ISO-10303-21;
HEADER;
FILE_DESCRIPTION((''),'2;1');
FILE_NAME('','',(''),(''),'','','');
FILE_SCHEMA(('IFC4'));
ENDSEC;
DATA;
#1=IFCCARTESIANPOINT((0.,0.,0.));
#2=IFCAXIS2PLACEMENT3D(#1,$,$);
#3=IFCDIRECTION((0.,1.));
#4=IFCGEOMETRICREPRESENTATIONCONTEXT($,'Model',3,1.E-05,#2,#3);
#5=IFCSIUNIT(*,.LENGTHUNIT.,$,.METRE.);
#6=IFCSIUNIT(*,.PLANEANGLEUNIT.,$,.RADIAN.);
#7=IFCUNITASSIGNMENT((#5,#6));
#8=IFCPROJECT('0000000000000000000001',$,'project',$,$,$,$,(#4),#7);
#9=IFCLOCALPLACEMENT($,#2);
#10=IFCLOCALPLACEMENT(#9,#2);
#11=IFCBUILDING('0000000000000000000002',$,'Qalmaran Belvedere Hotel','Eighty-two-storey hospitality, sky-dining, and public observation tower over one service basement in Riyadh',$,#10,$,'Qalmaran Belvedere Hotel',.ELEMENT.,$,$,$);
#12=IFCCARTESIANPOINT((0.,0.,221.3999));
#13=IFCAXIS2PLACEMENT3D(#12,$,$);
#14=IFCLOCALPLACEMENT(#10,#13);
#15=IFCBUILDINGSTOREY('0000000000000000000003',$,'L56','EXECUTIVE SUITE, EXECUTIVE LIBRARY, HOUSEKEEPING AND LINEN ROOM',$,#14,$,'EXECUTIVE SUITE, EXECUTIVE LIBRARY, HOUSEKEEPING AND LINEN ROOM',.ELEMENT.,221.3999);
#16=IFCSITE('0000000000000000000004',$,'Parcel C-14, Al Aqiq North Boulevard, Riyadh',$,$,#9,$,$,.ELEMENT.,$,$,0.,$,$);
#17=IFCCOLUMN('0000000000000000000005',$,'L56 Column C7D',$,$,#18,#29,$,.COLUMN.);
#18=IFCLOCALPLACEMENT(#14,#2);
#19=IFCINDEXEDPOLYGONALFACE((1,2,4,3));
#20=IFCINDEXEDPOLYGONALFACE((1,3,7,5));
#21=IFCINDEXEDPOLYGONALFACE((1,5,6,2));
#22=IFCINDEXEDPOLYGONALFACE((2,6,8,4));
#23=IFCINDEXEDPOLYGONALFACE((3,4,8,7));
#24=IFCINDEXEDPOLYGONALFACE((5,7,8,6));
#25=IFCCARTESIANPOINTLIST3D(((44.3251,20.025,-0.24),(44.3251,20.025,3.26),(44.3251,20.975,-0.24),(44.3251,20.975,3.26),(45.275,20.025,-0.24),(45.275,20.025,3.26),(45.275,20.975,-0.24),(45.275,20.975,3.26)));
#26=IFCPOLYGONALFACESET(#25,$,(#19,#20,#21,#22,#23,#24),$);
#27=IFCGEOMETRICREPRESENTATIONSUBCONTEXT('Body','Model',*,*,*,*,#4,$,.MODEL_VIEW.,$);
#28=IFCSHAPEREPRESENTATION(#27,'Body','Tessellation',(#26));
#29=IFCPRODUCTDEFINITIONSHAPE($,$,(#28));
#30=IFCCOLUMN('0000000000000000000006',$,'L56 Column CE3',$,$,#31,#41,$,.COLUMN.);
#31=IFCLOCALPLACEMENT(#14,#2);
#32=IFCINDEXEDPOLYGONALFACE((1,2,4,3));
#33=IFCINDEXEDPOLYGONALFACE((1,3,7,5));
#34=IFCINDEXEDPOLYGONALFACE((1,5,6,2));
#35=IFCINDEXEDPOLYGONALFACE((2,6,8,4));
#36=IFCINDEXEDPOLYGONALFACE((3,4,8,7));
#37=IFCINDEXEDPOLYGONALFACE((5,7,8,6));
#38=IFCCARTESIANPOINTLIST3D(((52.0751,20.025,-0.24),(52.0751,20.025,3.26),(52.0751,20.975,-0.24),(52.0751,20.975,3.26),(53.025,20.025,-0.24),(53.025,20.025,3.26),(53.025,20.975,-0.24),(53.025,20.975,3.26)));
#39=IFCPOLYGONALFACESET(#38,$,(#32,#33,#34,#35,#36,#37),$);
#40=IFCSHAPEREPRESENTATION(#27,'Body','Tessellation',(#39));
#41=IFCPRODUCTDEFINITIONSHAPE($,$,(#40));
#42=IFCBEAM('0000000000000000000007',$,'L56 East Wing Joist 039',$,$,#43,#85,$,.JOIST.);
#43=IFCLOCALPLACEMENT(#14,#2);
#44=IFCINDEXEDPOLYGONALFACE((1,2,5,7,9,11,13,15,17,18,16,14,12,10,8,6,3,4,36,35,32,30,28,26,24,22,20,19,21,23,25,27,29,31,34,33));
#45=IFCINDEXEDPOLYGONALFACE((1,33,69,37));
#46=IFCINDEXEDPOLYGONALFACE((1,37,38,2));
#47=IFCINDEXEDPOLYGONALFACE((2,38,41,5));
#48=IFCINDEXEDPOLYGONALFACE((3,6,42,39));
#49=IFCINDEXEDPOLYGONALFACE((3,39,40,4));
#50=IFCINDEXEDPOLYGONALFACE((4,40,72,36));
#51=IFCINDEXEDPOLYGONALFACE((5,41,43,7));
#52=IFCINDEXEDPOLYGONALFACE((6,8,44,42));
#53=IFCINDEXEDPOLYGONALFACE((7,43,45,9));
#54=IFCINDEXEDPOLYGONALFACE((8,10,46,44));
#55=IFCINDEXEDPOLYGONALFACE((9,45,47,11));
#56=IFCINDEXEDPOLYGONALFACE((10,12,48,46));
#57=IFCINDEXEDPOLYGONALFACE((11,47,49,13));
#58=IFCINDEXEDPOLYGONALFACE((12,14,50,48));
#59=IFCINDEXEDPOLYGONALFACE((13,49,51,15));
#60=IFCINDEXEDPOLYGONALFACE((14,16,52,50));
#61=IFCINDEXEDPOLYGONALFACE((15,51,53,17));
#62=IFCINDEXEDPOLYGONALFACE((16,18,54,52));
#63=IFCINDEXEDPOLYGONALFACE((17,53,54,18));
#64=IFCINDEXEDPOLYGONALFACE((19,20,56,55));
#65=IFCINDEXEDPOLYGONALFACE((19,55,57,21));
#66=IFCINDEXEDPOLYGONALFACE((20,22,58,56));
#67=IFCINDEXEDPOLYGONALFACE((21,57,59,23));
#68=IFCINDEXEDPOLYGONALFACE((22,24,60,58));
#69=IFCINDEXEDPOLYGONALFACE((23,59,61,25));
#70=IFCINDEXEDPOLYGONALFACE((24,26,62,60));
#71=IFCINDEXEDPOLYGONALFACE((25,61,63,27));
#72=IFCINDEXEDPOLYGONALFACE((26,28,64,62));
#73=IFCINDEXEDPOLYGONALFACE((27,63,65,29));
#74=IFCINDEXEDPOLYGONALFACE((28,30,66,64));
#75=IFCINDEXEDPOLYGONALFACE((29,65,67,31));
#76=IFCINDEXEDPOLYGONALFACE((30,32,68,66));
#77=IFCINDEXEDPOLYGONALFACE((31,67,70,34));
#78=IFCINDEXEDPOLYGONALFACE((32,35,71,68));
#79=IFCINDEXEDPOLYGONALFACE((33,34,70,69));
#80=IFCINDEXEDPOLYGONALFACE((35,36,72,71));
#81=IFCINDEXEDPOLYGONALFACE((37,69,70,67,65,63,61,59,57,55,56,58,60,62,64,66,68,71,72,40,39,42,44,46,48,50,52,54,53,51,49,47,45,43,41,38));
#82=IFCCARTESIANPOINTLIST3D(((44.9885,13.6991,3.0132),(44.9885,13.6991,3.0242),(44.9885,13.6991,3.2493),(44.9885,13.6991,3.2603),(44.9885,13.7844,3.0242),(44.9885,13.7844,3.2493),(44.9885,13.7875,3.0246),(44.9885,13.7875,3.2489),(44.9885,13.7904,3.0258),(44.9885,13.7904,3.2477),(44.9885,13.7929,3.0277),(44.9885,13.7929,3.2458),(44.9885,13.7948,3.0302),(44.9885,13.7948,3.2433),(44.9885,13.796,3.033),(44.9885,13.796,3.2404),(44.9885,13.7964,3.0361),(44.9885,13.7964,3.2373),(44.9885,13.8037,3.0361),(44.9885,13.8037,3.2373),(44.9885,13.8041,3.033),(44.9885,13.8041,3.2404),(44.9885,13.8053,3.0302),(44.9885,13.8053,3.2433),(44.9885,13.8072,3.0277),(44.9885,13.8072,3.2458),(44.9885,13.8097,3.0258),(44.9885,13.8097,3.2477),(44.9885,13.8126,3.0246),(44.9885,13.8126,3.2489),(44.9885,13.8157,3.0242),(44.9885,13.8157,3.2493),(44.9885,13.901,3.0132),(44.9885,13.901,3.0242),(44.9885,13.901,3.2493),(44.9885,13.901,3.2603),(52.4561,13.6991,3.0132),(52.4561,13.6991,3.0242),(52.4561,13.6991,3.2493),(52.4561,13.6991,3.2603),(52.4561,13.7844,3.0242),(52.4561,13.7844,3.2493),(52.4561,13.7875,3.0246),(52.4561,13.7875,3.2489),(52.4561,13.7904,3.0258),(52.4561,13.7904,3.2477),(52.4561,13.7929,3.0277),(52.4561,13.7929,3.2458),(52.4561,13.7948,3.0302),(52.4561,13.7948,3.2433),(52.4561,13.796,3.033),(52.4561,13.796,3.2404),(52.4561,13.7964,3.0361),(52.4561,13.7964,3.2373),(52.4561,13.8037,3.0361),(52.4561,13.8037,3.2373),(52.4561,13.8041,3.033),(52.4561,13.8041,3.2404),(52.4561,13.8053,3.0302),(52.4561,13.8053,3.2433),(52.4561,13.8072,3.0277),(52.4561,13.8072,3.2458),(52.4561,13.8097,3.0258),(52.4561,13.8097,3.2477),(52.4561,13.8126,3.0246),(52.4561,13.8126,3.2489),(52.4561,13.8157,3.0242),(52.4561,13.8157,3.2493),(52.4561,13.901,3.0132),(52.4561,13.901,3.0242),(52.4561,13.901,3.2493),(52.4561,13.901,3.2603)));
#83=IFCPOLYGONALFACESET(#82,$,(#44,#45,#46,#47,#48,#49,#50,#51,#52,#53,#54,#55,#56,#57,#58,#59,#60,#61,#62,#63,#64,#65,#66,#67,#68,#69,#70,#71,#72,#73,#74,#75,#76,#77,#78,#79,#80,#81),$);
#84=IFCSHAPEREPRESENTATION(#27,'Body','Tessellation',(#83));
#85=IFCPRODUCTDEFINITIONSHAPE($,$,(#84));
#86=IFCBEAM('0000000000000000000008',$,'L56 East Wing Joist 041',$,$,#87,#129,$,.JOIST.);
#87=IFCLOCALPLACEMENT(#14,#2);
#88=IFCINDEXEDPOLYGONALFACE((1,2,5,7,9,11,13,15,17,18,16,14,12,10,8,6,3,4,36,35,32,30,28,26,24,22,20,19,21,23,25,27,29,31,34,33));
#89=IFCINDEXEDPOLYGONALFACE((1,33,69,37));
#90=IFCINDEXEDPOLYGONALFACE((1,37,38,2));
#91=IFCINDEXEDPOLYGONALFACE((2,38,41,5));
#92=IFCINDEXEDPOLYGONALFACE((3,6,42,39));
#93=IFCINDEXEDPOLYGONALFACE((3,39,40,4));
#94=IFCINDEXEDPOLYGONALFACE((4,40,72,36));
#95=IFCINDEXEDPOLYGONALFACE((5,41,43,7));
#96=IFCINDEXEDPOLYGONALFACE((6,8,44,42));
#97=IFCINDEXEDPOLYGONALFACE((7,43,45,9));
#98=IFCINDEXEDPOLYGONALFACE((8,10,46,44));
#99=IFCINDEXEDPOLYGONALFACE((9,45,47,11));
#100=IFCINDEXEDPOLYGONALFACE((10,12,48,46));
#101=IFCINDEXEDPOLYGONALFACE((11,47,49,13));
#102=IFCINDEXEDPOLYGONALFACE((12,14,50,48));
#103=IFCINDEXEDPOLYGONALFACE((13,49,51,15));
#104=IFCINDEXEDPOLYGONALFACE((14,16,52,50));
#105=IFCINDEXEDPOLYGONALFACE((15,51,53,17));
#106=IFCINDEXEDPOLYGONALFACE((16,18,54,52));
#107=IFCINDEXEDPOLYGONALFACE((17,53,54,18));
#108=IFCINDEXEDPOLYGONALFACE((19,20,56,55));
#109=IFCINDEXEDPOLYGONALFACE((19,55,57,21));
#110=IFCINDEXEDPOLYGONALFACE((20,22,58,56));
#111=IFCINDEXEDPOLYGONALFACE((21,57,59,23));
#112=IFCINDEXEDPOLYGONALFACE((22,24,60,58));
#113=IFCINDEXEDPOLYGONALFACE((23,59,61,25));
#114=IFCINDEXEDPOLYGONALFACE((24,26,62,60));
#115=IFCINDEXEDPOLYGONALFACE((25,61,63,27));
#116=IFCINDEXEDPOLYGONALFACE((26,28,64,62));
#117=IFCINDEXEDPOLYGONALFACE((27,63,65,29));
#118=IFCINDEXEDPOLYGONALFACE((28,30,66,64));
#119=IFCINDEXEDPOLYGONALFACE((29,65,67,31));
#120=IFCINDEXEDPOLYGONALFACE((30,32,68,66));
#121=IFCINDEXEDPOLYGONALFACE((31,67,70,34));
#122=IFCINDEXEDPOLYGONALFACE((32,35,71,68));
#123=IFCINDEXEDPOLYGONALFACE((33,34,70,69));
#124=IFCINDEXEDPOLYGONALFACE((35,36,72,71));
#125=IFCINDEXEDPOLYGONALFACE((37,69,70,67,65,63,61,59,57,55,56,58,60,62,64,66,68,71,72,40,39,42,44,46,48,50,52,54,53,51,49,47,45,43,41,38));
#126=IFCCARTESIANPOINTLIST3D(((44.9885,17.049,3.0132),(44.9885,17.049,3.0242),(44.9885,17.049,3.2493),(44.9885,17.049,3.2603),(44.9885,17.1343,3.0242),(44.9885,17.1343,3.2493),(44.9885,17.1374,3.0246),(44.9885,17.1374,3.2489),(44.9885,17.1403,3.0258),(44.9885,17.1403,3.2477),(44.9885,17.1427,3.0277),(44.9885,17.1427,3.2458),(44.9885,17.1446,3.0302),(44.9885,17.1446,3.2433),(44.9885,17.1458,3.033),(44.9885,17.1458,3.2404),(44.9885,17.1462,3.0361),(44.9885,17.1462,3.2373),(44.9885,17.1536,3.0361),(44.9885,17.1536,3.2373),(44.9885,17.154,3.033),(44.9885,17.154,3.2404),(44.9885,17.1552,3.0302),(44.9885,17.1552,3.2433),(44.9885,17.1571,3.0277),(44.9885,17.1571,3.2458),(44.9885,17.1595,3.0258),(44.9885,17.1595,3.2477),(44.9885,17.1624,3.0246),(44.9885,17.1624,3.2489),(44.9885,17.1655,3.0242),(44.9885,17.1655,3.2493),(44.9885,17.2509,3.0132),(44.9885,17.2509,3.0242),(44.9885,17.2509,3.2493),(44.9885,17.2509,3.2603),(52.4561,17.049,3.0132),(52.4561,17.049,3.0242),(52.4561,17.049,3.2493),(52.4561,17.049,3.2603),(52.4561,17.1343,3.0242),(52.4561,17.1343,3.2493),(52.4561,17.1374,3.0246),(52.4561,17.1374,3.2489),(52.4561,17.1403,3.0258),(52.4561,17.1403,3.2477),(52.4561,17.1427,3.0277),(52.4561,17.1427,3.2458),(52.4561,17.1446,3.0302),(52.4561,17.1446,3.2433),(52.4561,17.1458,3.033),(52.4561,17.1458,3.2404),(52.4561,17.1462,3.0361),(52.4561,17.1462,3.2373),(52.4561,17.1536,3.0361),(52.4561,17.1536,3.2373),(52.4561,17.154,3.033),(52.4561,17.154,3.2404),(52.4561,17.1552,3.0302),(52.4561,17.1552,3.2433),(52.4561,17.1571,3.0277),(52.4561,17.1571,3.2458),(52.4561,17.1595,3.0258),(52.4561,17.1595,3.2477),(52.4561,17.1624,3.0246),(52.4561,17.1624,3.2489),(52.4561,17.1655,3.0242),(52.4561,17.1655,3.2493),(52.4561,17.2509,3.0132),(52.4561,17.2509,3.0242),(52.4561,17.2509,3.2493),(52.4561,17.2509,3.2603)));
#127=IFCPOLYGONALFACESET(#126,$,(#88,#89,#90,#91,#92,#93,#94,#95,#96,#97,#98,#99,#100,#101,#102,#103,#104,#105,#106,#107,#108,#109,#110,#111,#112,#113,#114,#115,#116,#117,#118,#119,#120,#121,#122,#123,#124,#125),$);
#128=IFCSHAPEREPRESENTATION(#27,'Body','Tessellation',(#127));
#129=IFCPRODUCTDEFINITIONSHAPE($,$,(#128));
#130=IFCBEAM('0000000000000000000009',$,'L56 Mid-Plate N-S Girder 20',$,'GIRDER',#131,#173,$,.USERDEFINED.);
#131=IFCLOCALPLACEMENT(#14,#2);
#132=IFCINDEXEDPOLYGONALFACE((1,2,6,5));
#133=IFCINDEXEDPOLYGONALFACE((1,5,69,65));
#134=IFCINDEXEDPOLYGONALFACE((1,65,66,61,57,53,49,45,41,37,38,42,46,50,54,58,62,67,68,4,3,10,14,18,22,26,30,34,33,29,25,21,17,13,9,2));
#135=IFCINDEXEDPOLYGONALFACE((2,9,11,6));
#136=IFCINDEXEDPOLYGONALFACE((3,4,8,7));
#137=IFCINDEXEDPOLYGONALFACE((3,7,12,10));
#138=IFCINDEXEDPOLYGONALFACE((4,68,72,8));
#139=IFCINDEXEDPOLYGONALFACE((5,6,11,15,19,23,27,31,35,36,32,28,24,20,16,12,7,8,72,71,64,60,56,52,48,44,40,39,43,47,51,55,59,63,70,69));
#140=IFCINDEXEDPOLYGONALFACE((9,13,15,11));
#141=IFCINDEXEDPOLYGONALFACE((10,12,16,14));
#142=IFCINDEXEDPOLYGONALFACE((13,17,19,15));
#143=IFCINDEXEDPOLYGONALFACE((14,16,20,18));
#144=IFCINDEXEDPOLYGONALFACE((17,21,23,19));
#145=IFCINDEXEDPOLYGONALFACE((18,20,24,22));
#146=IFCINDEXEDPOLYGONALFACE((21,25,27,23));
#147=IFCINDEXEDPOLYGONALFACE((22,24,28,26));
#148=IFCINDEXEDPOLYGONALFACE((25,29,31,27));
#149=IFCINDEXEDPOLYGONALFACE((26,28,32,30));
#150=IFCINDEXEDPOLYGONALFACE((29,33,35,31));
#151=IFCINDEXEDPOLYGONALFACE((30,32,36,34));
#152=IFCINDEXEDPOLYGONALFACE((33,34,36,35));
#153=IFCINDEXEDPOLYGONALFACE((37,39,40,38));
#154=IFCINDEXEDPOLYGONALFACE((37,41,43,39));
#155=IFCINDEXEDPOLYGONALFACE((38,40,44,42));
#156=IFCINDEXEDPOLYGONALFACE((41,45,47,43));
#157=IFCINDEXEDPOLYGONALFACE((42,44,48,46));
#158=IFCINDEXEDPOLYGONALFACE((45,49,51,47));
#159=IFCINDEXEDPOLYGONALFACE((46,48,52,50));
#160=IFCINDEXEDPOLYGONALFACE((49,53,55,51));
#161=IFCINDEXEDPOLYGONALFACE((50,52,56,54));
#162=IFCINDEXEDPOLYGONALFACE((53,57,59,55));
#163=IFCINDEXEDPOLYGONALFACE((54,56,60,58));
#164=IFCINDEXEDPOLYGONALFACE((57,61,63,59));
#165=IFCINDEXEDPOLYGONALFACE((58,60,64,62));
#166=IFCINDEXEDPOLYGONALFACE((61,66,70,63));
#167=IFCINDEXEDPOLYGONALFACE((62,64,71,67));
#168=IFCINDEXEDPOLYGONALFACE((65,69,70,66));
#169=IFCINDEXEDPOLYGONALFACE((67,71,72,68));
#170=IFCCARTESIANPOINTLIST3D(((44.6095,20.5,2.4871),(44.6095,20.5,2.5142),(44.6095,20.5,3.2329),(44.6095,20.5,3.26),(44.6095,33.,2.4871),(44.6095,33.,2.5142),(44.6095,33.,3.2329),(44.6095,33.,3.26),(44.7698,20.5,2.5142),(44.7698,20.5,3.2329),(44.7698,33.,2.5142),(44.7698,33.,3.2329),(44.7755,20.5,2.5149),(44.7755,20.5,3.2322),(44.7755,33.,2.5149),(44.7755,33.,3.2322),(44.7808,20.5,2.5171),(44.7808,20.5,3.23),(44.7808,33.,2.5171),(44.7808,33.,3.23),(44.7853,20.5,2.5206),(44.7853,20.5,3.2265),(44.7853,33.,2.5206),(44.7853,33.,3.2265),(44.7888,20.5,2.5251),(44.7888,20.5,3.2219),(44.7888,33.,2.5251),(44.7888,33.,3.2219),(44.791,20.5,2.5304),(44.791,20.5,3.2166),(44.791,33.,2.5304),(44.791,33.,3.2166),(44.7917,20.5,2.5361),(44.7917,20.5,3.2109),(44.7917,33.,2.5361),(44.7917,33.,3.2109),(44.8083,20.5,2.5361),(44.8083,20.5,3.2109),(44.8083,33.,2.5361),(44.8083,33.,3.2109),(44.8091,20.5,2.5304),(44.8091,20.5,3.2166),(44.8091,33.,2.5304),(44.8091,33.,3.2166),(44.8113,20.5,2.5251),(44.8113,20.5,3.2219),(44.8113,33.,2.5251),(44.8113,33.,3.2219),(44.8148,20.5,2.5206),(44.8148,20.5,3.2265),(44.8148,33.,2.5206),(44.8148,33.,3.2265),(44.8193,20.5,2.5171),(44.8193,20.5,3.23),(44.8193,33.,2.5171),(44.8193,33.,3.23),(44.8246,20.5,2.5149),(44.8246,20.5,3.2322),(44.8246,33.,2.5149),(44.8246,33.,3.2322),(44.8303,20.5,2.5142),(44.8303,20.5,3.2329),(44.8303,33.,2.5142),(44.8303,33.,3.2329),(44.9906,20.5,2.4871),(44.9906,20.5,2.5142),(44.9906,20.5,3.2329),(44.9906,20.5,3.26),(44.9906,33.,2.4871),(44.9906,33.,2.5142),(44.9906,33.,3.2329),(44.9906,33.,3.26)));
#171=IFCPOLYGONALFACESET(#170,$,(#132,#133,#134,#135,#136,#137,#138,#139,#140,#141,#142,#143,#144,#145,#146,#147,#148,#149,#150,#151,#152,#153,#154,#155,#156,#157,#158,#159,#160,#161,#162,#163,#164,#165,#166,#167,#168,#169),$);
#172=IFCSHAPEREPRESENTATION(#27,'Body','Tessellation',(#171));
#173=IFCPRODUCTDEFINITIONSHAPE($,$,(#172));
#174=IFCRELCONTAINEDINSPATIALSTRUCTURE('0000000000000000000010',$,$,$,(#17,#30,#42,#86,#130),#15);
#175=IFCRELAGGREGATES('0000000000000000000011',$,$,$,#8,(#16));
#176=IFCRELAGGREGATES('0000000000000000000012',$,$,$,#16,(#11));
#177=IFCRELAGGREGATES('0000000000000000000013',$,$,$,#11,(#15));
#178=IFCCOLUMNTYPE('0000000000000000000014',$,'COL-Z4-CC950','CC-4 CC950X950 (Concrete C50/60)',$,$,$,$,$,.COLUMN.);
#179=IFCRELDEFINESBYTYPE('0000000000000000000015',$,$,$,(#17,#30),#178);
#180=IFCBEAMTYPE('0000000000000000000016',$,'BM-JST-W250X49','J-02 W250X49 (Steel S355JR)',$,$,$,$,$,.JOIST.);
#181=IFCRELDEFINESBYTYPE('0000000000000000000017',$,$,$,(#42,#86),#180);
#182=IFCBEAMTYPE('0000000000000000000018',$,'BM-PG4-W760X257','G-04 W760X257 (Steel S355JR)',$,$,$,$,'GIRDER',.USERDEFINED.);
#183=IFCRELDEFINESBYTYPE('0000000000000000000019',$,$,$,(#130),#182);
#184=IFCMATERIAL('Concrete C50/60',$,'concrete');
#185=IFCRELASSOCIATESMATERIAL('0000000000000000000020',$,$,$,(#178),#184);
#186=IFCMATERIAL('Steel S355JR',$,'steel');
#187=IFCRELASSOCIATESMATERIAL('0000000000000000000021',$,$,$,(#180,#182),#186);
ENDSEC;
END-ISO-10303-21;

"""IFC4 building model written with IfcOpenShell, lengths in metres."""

from ifc_helpers import new_model, si_unit, direction, frame, origin, origin_2d, place, context, subcontext, project, spatial, rectangle, i_section, extrude, material, material_profile, profile_set, type_object, element, save


model = new_model("IFC4")

# Units and contexts
model_context = context("Model", 3, precision=1e-05, world=origin(), true_north=direction((0.0, 1.0)))
body_context = subcontext(model_context, "Body", "Model", "MODEL_VIEW")
ifc_project = project(units=[si_unit("LENGTHUNIT", "METRE"), si_unit("PLANEANGLEUNIT", "RADIAN")], contexts=[model_context])

# Site, building, storey
site_placement = place(None, origin())
site = spatial("IfcSite", under=ifc_project, at=site_placement, Name="Parcel C-14, Al Aqiq North Boulevard, Riyadh", CompositionType="ELEMENT", RefElevation=0.0)
building_placement = place(site_placement, origin())
building = spatial("IfcBuilding", under=site, at=building_placement, Name="Qalmaran Belvedere Hotel", Description="Eighty-two-storey hospitality, sky-dining, and public observation tower over one service basement in Riyadh", LongName="Qalmaran Belvedere Hotel", CompositionType="ELEMENT")
storey_placement = place(building_placement, frame((0.0, 0.0, 221.3999)))
storey = spatial("IfcBuildingStorey", under=building, at=storey_placement, Name="L56", Description="EXECUTIVE SUITE, EXECUTIVE LIBRARY, HOUSEKEEPING AND LINEN ROOM", LongName="EXECUTIVE SUITE, EXECUTIVE LIBRARY, HOUSEKEEPING AND LINEN ROOM", CompositionType="ELEMENT", Elevation=221.3999)

# Columns
ifc_material_1 = material(Name="Concrete C50/60", Category="concrete")
ifc_material_profile_1 = material_profile(ifc_material_1, rectangle(XDim=0.95, YDim=0.95, at=origin_2d()), Name="CC950X950")
ifc_profile_set_1 = profile_set([ifc_material_profile_1], Name="Concrete C50/60")
column_type = type_object("IfcColumnType", Name="COL-Z4-CC950", Description="CC-4 CC950X950 (Concrete C50/60)", PredefinedType="COLUMN", material=ifc_profile_set_1)
for number, where, z_axis, x_axis, name in (
    (1, (44.8, 20.5, -0.24), (0.0, 0.0, 1.0), (1.0, 0.0, 0.0), "L56 Column C7D"),
    (2, (52.55, 20.5, -0.24), (0.0, 0.0, 1.0), (1.0, 0.0, 0.0), "L56 Column CE3"),
):
    element("IfcColumn", number, at=place(storey_placement, frame(where, z_axis=z_axis, x_axis=x_axis)), inside=storey, type_object=column_type, Name=name, PredefinedType="COLUMN", context=body_context, shape_type="SweptSolid", body=[
        extrude(rectangle(XDim=0.95, YDim=0.95, at=origin_2d()), origin(), (0.0, 0.0, 1.0), 3.5),
    ])

# Beams
ifc_material_2 = material(Name="Steel S355JR", Category="steel")
ifc_material_profile_2 = material_profile(ifc_material_2, i_section(OverallWidth=0.2019, OverallDepth=0.2471, WebThickness=0.0073, FlangeThickness=0.011, FilletRadius=0.012, at=origin_2d()), Name="W250X49")
ifc_profile_set_2 = profile_set([ifc_material_profile_2], Name="Steel S355JR")
beam_type_1 = type_object("IfcBeamType", Name="BM-JST-W250X49", Description="J-02 W250X49 (Steel S355JR)", PredefinedType="JOIST", material=ifc_profile_set_2)
for number, where, z_axis, x_axis, name in (
    (3, (44.9885, 13.8, 3.1367), (1.0, 0.0, 0.0), (0.0, 1.0, 0.0), "L56 East Wing Joist 039"),
    (4, (44.9885, 17.1499, 3.1367), (1.0, 0.0, 0.0), (0.0, 1.0, 0.0), "L56 East Wing Joist 041"),
):
    element("IfcBeam", number, at=place(storey_placement, frame(where, z_axis=z_axis, x_axis=x_axis)), inside=storey, type_object=beam_type_1, Name=name, PredefinedType="JOIST", context=body_context, shape_type="SweptSolid", body=[
        extrude(i_section(OverallWidth=0.2019, OverallDepth=0.2471, WebThickness=0.0073, FlangeThickness=0.011, FilletRadius=0.012, at=origin_2d()), origin(), (0.0, 0.0, 1.0), 7.4675),
    ])
ifc_material_profile_3 = material_profile(ifc_material_2, i_section(OverallWidth=0.3811, OverallDepth=0.7729, WebThickness=0.0166, FlangeThickness=0.0271, FilletRadius=0.022, at=origin_2d()), Name="W760X257")
ifc_profile_set_3 = profile_set([ifc_material_profile_3], Name="Steel S355JR")
beam_type_2 = type_object("IfcBeamType", Name="BM-PG4-W760X257", Description="G-04 W760X257 (Steel S355JR)", ElementType="GIRDER", PredefinedType="USERDEFINED", material=ifc_profile_set_3)
beam_1_placement = place(storey_placement, frame((44.8, 20.5, 2.8735), z_axis=(0.0, 1.0, 0.0), x_axis=(-1.0, 0.0, 0.0)))
element("IfcBeam", 5, at=beam_1_placement, inside=storey, type_object=beam_type_2, Name="L56 Mid-Plate N-S Girder 20", ObjectType="GIRDER", PredefinedType="USERDEFINED", context=body_context, shape_type="SweptSolid", body=[
    extrude(i_section(OverallWidth=0.3811, OverallDepth=0.7729, WebThickness=0.0166, FlangeThickness=0.0271, FilletRadius=0.022, at=origin_2d()), origin(), (0.0, 0.0, 1.0), 12.5),
])

save(model, "model.ifc")
